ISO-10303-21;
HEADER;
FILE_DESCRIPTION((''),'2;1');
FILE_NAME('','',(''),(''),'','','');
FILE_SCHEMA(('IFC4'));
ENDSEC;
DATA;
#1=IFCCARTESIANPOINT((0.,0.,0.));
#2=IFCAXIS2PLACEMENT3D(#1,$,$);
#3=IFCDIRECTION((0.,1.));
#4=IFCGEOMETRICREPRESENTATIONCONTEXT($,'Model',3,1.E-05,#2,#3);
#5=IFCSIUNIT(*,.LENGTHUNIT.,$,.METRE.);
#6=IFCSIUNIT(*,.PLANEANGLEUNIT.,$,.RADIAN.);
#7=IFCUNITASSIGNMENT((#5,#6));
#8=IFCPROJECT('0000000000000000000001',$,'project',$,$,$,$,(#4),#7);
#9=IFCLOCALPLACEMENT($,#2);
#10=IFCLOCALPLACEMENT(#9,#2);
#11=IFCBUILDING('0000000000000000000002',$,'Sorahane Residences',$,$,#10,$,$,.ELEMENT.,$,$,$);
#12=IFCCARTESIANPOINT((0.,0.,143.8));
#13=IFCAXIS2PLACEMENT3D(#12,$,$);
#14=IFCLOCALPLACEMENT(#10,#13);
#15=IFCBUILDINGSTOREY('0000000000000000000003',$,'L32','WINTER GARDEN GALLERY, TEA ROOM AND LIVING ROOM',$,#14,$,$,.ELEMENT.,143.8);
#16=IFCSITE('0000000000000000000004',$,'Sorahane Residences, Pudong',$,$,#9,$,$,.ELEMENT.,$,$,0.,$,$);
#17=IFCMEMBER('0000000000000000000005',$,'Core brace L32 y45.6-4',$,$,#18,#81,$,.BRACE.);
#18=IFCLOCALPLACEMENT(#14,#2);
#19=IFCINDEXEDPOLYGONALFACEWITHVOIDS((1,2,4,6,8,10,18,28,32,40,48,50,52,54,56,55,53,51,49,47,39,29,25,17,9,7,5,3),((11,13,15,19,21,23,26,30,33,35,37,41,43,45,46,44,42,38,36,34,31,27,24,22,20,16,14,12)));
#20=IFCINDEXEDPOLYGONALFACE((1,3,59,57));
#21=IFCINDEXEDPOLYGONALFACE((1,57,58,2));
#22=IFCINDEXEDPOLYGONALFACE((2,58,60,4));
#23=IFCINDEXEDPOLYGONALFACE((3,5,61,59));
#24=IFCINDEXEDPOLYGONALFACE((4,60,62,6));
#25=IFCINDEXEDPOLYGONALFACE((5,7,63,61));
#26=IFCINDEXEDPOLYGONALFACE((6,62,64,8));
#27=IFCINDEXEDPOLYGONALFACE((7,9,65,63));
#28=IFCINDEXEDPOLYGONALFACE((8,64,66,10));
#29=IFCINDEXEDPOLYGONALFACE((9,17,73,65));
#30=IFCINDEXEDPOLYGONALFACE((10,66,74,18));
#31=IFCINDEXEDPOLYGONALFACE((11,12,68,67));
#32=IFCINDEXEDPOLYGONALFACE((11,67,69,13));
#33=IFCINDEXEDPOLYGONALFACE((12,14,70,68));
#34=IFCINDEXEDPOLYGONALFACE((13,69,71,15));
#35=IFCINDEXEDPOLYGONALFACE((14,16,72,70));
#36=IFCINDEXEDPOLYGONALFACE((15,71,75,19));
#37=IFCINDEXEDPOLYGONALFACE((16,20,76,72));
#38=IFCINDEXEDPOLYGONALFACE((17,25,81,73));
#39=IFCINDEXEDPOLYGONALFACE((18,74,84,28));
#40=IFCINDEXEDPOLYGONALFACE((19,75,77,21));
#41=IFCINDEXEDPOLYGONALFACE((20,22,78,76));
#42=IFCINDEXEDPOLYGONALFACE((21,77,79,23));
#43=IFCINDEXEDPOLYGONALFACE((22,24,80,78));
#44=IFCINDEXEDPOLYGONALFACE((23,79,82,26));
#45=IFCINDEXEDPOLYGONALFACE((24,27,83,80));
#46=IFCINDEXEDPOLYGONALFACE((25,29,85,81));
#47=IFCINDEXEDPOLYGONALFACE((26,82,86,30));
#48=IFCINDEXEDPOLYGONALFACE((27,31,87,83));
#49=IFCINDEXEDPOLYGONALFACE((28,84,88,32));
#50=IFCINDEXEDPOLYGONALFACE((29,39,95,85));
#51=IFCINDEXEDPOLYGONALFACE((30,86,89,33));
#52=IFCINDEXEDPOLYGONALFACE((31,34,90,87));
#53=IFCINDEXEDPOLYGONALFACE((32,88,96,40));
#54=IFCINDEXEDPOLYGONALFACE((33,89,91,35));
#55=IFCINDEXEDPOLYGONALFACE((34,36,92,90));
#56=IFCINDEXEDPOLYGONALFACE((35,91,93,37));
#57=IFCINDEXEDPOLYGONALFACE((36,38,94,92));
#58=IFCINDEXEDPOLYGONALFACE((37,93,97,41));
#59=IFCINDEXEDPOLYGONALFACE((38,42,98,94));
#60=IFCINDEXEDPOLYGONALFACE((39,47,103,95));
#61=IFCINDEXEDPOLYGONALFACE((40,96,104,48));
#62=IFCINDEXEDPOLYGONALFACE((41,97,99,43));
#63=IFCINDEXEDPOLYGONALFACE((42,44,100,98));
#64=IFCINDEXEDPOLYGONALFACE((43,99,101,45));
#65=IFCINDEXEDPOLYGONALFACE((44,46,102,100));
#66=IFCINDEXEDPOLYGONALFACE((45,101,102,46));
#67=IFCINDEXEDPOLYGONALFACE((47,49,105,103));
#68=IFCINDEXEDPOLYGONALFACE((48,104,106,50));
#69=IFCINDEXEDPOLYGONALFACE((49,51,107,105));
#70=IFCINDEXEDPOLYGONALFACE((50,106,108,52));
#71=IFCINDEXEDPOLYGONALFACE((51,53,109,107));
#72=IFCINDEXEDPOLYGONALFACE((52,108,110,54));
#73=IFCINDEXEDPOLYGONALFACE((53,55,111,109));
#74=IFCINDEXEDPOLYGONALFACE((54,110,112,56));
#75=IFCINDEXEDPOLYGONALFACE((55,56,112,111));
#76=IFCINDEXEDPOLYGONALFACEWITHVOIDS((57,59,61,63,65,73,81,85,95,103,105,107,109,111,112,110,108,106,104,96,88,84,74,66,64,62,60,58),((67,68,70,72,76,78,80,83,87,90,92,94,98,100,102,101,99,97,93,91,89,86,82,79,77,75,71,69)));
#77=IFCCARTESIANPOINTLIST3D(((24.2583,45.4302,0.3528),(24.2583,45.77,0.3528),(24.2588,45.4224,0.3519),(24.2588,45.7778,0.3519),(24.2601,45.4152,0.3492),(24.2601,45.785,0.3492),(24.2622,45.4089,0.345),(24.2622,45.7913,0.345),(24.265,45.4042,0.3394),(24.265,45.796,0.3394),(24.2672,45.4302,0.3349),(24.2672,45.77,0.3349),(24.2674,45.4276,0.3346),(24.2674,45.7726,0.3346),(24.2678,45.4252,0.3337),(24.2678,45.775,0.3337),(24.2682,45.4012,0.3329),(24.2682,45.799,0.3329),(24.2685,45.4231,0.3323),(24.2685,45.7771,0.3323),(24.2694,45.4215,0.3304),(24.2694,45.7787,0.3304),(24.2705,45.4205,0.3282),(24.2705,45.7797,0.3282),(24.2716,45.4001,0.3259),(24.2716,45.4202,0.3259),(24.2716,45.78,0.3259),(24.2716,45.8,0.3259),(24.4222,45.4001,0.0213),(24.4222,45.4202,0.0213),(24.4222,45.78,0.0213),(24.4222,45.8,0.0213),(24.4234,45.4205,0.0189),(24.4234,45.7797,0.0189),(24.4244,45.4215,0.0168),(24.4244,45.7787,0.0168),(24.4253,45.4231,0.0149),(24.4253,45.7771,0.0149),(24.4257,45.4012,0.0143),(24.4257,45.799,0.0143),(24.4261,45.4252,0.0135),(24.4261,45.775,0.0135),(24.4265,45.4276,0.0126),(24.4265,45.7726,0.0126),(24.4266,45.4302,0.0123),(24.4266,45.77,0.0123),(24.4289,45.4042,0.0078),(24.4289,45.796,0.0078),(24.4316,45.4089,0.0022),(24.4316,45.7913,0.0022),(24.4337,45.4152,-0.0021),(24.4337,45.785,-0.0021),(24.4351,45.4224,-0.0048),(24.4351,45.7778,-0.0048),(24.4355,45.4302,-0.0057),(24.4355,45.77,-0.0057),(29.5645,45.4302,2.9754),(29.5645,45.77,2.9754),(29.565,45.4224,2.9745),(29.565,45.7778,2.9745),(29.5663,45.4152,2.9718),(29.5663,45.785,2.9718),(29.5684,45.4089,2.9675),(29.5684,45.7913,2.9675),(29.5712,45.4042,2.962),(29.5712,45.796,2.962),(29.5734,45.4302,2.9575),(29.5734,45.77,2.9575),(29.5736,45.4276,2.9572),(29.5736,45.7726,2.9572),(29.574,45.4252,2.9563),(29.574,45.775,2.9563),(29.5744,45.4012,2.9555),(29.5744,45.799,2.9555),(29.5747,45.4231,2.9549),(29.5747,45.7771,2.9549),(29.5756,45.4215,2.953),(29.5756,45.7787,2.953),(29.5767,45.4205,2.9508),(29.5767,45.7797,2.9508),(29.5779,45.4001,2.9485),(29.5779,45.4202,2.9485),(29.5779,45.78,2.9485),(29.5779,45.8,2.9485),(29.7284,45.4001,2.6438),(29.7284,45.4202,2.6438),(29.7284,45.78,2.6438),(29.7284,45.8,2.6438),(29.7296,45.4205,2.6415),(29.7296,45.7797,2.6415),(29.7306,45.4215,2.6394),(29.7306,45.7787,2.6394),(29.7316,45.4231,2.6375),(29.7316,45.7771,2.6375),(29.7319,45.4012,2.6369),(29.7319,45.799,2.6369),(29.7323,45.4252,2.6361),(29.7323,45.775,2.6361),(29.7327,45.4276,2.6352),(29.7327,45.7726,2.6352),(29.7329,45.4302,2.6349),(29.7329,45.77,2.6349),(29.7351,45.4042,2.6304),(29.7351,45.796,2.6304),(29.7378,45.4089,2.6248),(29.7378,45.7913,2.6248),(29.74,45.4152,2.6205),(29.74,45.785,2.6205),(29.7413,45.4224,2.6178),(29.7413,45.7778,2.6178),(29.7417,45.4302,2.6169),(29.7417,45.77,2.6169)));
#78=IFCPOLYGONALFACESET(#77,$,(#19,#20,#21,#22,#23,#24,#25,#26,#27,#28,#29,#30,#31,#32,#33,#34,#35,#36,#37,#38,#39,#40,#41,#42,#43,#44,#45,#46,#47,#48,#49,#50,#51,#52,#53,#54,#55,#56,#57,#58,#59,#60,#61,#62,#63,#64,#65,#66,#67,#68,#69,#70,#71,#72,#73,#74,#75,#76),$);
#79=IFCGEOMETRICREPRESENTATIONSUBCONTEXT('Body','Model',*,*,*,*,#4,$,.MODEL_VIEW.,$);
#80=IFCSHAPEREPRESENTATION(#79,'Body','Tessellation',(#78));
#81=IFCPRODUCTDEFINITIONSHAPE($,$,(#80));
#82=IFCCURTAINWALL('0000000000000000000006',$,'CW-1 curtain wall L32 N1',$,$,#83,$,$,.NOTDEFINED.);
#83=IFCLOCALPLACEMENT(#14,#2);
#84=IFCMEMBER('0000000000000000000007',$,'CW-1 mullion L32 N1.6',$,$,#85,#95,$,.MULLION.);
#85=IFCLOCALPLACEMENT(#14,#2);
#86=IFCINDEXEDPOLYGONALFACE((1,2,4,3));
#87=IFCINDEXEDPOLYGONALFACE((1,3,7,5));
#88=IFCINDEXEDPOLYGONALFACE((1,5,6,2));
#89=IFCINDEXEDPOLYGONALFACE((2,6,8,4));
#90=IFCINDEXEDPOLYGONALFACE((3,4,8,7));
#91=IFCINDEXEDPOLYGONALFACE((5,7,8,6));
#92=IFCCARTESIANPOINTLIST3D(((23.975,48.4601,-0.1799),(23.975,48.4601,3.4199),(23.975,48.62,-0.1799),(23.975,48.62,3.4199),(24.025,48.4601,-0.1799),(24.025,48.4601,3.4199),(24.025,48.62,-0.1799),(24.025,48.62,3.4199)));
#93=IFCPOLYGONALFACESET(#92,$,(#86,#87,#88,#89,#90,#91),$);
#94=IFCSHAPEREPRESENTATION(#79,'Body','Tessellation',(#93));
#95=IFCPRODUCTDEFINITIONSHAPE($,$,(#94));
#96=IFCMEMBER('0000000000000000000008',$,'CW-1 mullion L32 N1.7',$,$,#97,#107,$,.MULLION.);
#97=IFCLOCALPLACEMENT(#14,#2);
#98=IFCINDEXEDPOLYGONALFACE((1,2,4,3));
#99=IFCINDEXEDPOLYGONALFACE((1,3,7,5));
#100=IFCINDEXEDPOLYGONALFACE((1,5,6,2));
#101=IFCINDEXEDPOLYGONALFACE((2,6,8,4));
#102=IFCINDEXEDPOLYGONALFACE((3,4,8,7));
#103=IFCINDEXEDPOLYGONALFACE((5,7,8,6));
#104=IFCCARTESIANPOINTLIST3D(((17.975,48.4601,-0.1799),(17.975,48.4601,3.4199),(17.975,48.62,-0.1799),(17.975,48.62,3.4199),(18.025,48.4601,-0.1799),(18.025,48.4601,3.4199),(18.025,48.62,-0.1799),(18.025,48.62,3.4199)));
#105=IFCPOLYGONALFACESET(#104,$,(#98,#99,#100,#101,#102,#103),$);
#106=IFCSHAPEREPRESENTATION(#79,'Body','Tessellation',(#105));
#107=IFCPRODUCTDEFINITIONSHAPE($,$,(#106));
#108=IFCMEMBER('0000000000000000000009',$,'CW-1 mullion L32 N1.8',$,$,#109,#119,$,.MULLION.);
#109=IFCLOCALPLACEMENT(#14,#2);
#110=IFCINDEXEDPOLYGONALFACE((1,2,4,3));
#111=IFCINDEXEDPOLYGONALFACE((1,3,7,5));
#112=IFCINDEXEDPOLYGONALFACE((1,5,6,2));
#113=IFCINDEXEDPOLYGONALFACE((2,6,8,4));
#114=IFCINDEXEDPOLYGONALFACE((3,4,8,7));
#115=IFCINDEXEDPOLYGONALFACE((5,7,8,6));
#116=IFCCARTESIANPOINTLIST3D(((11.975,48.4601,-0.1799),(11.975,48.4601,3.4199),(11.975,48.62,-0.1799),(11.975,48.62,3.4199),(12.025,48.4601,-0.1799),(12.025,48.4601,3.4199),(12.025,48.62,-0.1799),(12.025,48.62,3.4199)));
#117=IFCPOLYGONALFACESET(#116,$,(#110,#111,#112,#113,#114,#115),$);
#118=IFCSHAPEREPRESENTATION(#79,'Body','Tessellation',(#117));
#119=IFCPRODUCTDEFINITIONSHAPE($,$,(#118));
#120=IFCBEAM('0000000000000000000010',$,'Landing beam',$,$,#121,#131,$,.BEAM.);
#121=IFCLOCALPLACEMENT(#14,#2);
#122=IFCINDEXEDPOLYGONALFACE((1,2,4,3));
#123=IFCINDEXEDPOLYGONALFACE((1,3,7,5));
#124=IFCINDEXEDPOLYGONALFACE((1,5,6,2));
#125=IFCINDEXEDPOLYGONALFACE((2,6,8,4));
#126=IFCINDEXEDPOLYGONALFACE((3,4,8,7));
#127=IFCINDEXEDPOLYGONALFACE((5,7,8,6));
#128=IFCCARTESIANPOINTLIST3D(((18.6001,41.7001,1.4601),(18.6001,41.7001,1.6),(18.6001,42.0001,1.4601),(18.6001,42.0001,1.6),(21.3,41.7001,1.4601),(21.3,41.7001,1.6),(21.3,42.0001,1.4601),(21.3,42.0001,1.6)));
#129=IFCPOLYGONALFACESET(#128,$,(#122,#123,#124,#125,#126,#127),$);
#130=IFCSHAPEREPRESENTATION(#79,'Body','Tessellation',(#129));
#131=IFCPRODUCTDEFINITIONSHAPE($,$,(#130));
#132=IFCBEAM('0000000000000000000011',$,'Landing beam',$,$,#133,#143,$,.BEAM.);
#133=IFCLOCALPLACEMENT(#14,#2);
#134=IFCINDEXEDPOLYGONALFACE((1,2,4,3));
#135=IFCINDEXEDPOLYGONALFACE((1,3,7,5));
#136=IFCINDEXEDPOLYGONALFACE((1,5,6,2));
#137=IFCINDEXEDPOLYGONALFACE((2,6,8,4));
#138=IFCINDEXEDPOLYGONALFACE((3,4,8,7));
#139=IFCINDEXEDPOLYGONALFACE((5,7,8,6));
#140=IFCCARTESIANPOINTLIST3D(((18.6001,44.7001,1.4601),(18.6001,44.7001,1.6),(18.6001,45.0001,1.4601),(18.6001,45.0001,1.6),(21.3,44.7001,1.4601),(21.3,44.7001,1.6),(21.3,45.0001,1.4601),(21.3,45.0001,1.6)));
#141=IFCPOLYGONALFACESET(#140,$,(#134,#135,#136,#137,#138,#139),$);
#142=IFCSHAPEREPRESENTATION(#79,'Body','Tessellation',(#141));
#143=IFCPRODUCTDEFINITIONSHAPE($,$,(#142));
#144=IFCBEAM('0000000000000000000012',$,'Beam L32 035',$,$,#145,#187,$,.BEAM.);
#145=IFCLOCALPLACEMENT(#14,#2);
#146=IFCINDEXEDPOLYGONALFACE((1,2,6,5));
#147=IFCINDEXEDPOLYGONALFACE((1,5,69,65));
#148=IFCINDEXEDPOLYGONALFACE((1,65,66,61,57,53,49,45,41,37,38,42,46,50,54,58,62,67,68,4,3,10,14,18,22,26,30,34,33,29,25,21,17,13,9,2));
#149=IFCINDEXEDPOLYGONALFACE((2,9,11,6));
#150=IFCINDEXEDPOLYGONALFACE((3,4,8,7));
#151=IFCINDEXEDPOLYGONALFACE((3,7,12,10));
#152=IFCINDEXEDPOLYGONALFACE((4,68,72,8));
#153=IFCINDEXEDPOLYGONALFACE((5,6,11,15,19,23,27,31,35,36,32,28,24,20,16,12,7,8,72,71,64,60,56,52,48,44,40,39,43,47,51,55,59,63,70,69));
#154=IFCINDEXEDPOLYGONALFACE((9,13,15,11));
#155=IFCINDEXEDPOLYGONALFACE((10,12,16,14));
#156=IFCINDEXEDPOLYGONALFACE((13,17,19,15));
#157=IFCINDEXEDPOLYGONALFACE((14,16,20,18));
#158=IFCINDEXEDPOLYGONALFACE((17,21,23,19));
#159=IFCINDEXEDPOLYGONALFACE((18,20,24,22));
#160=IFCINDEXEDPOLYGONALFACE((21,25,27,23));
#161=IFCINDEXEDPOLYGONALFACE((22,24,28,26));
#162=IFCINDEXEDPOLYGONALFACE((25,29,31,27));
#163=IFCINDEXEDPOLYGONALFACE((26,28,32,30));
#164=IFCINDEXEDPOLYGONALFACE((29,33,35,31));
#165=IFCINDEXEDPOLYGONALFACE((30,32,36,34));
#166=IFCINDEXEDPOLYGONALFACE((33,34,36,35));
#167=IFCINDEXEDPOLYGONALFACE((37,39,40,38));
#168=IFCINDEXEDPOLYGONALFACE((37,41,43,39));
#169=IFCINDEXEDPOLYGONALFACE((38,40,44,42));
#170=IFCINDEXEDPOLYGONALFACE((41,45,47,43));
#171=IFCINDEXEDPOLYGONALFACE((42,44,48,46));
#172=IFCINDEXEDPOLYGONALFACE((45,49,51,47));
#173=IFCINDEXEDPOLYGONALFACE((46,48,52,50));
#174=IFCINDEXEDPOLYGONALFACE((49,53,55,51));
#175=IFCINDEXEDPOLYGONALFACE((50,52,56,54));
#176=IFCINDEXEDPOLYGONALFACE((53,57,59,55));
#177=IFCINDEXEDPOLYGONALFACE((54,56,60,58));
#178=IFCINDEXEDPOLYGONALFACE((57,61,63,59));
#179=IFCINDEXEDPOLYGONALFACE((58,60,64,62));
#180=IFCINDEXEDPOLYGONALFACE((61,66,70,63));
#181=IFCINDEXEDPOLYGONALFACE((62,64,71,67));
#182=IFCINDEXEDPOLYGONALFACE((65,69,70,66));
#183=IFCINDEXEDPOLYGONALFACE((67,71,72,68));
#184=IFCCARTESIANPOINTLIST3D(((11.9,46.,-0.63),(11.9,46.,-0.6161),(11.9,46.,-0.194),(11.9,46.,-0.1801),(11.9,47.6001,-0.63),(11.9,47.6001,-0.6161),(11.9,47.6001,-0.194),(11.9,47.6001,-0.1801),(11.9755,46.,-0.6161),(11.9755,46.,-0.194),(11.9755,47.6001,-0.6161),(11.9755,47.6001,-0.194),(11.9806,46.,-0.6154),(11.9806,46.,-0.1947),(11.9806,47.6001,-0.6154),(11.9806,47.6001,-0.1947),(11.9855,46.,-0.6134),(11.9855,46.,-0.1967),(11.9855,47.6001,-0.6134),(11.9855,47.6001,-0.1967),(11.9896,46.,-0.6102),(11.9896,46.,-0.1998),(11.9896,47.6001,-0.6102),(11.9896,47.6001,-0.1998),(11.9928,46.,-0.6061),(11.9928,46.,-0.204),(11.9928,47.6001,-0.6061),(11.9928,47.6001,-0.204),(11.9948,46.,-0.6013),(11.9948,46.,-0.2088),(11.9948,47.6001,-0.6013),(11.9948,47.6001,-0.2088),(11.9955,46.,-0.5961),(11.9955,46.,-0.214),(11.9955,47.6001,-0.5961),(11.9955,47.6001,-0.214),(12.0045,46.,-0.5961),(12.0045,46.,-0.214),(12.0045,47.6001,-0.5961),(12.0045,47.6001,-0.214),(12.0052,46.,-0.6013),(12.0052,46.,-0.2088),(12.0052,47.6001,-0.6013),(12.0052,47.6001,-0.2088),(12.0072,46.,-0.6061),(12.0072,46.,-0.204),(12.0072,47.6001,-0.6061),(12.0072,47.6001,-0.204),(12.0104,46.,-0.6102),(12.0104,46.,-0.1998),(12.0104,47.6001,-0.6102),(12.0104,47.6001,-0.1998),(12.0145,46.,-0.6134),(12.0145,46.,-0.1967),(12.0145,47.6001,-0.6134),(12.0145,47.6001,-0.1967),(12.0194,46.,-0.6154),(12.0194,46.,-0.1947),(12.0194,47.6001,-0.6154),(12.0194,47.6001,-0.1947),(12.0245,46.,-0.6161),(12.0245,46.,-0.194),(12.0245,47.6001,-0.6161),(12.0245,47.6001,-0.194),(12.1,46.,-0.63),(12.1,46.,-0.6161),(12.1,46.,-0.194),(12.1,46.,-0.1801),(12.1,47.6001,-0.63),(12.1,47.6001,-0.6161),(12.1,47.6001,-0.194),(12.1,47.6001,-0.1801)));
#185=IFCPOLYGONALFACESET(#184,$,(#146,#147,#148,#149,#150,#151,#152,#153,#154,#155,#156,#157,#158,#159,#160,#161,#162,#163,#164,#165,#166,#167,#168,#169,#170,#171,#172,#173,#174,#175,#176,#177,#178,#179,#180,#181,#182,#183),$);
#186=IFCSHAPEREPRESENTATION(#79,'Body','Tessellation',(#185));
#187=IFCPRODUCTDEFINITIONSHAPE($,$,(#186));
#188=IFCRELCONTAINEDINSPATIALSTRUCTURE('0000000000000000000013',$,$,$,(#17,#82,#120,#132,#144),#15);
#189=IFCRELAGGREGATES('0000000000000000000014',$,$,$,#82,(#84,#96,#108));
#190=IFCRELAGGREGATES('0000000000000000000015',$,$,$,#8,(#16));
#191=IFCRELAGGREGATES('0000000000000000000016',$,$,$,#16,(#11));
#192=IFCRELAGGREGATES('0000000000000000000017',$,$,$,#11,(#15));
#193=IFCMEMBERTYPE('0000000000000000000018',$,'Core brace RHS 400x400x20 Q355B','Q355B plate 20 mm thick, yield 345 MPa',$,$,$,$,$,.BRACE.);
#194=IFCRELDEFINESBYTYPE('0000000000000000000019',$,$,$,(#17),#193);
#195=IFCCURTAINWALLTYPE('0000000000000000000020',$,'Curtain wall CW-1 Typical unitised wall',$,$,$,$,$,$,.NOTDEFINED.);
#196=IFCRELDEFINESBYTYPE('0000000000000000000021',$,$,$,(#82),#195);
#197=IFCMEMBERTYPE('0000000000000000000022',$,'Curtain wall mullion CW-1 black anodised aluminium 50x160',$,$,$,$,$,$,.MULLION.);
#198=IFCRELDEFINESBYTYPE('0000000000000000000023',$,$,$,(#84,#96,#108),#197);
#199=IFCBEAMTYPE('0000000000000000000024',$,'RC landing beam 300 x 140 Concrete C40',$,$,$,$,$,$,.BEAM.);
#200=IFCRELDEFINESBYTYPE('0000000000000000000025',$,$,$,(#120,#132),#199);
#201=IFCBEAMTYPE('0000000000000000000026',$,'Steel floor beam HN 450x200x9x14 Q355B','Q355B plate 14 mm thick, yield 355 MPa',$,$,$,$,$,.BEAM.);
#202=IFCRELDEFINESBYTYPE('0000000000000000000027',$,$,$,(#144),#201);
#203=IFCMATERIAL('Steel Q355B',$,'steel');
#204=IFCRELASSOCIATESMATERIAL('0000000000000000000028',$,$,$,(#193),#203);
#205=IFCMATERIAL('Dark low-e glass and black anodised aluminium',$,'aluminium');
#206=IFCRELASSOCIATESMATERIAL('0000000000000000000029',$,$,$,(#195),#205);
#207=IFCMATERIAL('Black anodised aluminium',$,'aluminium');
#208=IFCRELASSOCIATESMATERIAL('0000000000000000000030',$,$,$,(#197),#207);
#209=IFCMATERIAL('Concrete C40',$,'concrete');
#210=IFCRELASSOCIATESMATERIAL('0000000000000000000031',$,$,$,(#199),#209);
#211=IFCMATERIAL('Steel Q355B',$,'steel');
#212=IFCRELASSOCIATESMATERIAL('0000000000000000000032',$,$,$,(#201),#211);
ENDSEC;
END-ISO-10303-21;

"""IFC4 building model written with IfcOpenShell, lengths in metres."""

from ifc_helpers import new_model, si_unit, direction, frame, origin, origin_2d, place, context, subcontext, project, spatial, rectangle, hollow_rectangle, i_section, extrude, material, material_profile, profile_set, type_object, element, aggregate, save


model = new_model("IFC4")

# Units and contexts
model_context = context("Model", 3, precision=1e-05, world=origin(), true_north=direction((0.0, 1.0)))
body_context = subcontext(model_context, "Body", "Model", "MODEL_VIEW")
ifc_project = project(units=[si_unit("LENGTHUNIT", "METRE"), si_unit("PLANEANGLEUNIT", "RADIAN")], contexts=[model_context])

# Site, building, storey
site_placement = place(None, origin())
site = spatial("IfcSite", under=ifc_project, at=site_placement, Name="Sorahane Residences, Pudong", CompositionType="ELEMENT", RefElevation=0.0)
building_placement = place(site_placement, origin())
building = spatial("IfcBuilding", under=site, at=building_placement, Name="Sorahane Residences", CompositionType="ELEMENT")
storey_placement = place(building_placement, frame((0.0, 0.0, 143.8)))
storey = spatial("IfcBuildingStorey", under=building, at=storey_placement, Name="L32", Description="WINTER GARDEN GALLERY, TEA ROOM AND LIVING ROOM", CompositionType="ELEMENT", Elevation=143.8)

# Member
ifc_material_1 = material(Name="Steel Q355B", Category="steel")
ifc_material_profile_1 = material_profile(ifc_material_1, hollow_rectangle(XDim=0.3999, YDim=0.3999, WallThickness=0.02, InnerFilletRadius=0.01, OuterFilletRadius=0.03, at=origin_2d()), Name="RHS 400x400x20")
ifc_profile_set_1 = profile_set([ifc_material_profile_1], Name="Steel Q355B")
member_type_1 = type_object("IfcMemberType", Name="Core brace RHS 400x400x20 Q355B", Description="Q355B plate 20 mm thick, yield 345 MPa", PredefinedType="BRACE", material=ifc_profile_set_1)
for number, where, z_axis, x_axis, name in (
    (1, (24.3469, 45.6001, 0.1736), (0.89648, 0.0, 0.443084), (0.0, 1.0, 0.0), "Core brace L32 y45.6-4"),
):
    element("IfcMember", number, at=place(storey_placement, frame(where, z_axis=z_axis, x_axis=x_axis)), inside=storey, type_object=member_type_1, Name=name, PredefinedType="BRACE", context=body_context, shape_type="SweptSolid", body=[
        extrude(hollow_rectangle(XDim=0.3999, YDim=0.3999, WallThickness=0.02, InnerFilletRadius=0.01, OuterFilletRadius=0.03, at=origin_2d()), origin(), (0.0, 0.0, 1.0), 5.9189),
    ])

# Curtain wall, members
ifc_material_2 = material(Name="Dark low-e glass and black anodised aluminium", Category="aluminium")
curtain_wall_type = type_object("IfcCurtainWallType", Name="Curtain wall CW-1 Typical unitised wall", PredefinedType="NOTDEFINED", material=ifc_material_2)
curtain_wall_placement = place(storey_placement, origin())
curtain_wall = element("IfcCurtainWall", 2, at=curtain_wall_placement, inside=storey, type_object=curtain_wall_type, Name="CW-1 curtain wall L32 N1", PredefinedType="NOTDEFINED")
ifc_material_3 = material(Name="Black anodised aluminium", Category="aluminium")
ifc_material_profile_2 = material_profile(ifc_material_3, rectangle(XDim=0.1599, YDim=0.05, at=origin_2d()), Name="Curtain wall mullion CW-1 black anodised aluminium 50x160")
ifc_profile_set_2 = profile_set([ifc_material_profile_2], Name="Black anodised aluminium")
member_type_2 = type_object("IfcMemberType", Name="Curtain wall mullion CW-1 black anodised aluminium 50x160", PredefinedType="MULLION", material=ifc_profile_set_2)
member_1_placement = place(storey_placement, frame((24.0, 48.54, -0.1799), z_axis=(0.0, 0.0, 1.0), x_axis=(0.0, 1.0, 0.0)))
member_1 = element("IfcMember", 3, at=member_1_placement, type_object=member_type_2, Name="CW-1 mullion L32 N1.6", PredefinedType="MULLION", context=body_context, shape_type="SweptSolid", body=[
    extrude(rectangle(XDim=0.1599, YDim=0.05, at=origin_2d()), origin(), (0.0, 0.0, 1.0), 3.5999),
])
member_2_placement = place(storey_placement, frame((18.0, 48.54, -0.1799), z_axis=(0.0, 0.0, 1.0), x_axis=(0.0, 1.0, 0.0)))
member_2 = element("IfcMember", 4, at=member_2_placement, type_object=member_type_2, Name="CW-1 mullion L32 N1.7", PredefinedType="MULLION", context=body_context, shape_type="SweptSolid", body=[
    extrude(rectangle(XDim=0.1599, YDim=0.05, at=origin_2d()), origin(), (0.0, 0.0, 1.0), 3.5999),
])
member_3_placement = place(storey_placement, frame((12.0, 48.54, -0.1799), z_axis=(0.0, 0.0, 1.0), x_axis=(0.0, 1.0, 0.0)))
member_3 = element("IfcMember", 5, at=member_3_placement, type_object=member_type_2, Name="CW-1 mullion L32 N1.8", PredefinedType="MULLION", context=body_context, shape_type="SweptSolid", body=[
    extrude(rectangle(XDim=0.1599, YDim=0.05, at=origin_2d()), origin(), (0.0, 0.0, 1.0), 3.5999),
])

# Beams
ifc_material_4 = material(Name="Concrete C40", Category="concrete")
ifc_material_profile_3 = material_profile(ifc_material_4, rectangle(XDim=0.3, YDim=0.1399, at=origin_2d()), Name="300x140")
ifc_profile_set_3 = profile_set([ifc_material_profile_3], Name="Concrete C40")
beam_type_1 = type_object("IfcBeamType", Name="RC landing beam 300 x 140 Concrete C40", PredefinedType="BEAM", material=ifc_profile_set_3)
for number, where, z_axis, x_axis, name in (
    (6, (18.6001, 41.8501, 1.53), (1.0, 0.0, 0.0), (0.0, 1.0, 0.0), "Landing beam"),
    (7, (18.6001, 44.8501, 1.53), (1.0, 0.0, 0.0), (0.0, 1.0, 0.0), "Landing beam"),
):
    element("IfcBeam", number, at=place(storey_placement, frame(where, z_axis=z_axis, x_axis=x_axis)), inside=storey, type_object=beam_type_1, Name=name, PredefinedType="BEAM", context=body_context, shape_type="SweptSolid", body=[
        extrude(rectangle(XDim=0.3, YDim=0.1399, at=origin_2d()), origin(), (0.0, 0.0, 1.0), 2.7),
    ])
ifc_material_5 = material(Name="Steel Q355B", Category="steel")
ifc_material_profile_4 = material_profile(ifc_material_5, i_section(OverallWidth=0.2, OverallDepth=0.45, WebThickness=0.009, FlangeThickness=0.0139, FilletRadius=0.02, at=origin_2d()), Name="HN 450x200x9x14")
ifc_profile_set_4 = profile_set([ifc_material_profile_4], Name="Steel Q355B")
beam_type_2 = type_object("IfcBeamType", Name="Steel floor beam HN 450x200x9x14 Q355B", Description="Q355B plate 14 mm thick, yield 355 MPa", PredefinedType="BEAM", material=ifc_profile_set_4)
beam_1_placement = place(storey_placement, frame((12.0, 46.0, -0.405), z_axis=(0.0, 1.0, 0.0), x_axis=(-1.0, 0.0, 0.0)))
element("IfcBeam", 8, at=beam_1_placement, inside=storey, type_object=beam_type_2, Name="Beam L32 035", PredefinedType="BEAM", context=body_context, shape_type="SweptSolid", body=[
    extrude(i_section(OverallWidth=0.2, OverallDepth=0.45, WebThickness=0.009, FlangeThickness=0.0139, FilletRadius=0.02, at=origin_2d()), origin(), (0.0, 0.0, 1.0), 1.6001),
])

aggregate(curtain_wall, [member_1, member_2, member_3])

save(model, "model.ifc")
